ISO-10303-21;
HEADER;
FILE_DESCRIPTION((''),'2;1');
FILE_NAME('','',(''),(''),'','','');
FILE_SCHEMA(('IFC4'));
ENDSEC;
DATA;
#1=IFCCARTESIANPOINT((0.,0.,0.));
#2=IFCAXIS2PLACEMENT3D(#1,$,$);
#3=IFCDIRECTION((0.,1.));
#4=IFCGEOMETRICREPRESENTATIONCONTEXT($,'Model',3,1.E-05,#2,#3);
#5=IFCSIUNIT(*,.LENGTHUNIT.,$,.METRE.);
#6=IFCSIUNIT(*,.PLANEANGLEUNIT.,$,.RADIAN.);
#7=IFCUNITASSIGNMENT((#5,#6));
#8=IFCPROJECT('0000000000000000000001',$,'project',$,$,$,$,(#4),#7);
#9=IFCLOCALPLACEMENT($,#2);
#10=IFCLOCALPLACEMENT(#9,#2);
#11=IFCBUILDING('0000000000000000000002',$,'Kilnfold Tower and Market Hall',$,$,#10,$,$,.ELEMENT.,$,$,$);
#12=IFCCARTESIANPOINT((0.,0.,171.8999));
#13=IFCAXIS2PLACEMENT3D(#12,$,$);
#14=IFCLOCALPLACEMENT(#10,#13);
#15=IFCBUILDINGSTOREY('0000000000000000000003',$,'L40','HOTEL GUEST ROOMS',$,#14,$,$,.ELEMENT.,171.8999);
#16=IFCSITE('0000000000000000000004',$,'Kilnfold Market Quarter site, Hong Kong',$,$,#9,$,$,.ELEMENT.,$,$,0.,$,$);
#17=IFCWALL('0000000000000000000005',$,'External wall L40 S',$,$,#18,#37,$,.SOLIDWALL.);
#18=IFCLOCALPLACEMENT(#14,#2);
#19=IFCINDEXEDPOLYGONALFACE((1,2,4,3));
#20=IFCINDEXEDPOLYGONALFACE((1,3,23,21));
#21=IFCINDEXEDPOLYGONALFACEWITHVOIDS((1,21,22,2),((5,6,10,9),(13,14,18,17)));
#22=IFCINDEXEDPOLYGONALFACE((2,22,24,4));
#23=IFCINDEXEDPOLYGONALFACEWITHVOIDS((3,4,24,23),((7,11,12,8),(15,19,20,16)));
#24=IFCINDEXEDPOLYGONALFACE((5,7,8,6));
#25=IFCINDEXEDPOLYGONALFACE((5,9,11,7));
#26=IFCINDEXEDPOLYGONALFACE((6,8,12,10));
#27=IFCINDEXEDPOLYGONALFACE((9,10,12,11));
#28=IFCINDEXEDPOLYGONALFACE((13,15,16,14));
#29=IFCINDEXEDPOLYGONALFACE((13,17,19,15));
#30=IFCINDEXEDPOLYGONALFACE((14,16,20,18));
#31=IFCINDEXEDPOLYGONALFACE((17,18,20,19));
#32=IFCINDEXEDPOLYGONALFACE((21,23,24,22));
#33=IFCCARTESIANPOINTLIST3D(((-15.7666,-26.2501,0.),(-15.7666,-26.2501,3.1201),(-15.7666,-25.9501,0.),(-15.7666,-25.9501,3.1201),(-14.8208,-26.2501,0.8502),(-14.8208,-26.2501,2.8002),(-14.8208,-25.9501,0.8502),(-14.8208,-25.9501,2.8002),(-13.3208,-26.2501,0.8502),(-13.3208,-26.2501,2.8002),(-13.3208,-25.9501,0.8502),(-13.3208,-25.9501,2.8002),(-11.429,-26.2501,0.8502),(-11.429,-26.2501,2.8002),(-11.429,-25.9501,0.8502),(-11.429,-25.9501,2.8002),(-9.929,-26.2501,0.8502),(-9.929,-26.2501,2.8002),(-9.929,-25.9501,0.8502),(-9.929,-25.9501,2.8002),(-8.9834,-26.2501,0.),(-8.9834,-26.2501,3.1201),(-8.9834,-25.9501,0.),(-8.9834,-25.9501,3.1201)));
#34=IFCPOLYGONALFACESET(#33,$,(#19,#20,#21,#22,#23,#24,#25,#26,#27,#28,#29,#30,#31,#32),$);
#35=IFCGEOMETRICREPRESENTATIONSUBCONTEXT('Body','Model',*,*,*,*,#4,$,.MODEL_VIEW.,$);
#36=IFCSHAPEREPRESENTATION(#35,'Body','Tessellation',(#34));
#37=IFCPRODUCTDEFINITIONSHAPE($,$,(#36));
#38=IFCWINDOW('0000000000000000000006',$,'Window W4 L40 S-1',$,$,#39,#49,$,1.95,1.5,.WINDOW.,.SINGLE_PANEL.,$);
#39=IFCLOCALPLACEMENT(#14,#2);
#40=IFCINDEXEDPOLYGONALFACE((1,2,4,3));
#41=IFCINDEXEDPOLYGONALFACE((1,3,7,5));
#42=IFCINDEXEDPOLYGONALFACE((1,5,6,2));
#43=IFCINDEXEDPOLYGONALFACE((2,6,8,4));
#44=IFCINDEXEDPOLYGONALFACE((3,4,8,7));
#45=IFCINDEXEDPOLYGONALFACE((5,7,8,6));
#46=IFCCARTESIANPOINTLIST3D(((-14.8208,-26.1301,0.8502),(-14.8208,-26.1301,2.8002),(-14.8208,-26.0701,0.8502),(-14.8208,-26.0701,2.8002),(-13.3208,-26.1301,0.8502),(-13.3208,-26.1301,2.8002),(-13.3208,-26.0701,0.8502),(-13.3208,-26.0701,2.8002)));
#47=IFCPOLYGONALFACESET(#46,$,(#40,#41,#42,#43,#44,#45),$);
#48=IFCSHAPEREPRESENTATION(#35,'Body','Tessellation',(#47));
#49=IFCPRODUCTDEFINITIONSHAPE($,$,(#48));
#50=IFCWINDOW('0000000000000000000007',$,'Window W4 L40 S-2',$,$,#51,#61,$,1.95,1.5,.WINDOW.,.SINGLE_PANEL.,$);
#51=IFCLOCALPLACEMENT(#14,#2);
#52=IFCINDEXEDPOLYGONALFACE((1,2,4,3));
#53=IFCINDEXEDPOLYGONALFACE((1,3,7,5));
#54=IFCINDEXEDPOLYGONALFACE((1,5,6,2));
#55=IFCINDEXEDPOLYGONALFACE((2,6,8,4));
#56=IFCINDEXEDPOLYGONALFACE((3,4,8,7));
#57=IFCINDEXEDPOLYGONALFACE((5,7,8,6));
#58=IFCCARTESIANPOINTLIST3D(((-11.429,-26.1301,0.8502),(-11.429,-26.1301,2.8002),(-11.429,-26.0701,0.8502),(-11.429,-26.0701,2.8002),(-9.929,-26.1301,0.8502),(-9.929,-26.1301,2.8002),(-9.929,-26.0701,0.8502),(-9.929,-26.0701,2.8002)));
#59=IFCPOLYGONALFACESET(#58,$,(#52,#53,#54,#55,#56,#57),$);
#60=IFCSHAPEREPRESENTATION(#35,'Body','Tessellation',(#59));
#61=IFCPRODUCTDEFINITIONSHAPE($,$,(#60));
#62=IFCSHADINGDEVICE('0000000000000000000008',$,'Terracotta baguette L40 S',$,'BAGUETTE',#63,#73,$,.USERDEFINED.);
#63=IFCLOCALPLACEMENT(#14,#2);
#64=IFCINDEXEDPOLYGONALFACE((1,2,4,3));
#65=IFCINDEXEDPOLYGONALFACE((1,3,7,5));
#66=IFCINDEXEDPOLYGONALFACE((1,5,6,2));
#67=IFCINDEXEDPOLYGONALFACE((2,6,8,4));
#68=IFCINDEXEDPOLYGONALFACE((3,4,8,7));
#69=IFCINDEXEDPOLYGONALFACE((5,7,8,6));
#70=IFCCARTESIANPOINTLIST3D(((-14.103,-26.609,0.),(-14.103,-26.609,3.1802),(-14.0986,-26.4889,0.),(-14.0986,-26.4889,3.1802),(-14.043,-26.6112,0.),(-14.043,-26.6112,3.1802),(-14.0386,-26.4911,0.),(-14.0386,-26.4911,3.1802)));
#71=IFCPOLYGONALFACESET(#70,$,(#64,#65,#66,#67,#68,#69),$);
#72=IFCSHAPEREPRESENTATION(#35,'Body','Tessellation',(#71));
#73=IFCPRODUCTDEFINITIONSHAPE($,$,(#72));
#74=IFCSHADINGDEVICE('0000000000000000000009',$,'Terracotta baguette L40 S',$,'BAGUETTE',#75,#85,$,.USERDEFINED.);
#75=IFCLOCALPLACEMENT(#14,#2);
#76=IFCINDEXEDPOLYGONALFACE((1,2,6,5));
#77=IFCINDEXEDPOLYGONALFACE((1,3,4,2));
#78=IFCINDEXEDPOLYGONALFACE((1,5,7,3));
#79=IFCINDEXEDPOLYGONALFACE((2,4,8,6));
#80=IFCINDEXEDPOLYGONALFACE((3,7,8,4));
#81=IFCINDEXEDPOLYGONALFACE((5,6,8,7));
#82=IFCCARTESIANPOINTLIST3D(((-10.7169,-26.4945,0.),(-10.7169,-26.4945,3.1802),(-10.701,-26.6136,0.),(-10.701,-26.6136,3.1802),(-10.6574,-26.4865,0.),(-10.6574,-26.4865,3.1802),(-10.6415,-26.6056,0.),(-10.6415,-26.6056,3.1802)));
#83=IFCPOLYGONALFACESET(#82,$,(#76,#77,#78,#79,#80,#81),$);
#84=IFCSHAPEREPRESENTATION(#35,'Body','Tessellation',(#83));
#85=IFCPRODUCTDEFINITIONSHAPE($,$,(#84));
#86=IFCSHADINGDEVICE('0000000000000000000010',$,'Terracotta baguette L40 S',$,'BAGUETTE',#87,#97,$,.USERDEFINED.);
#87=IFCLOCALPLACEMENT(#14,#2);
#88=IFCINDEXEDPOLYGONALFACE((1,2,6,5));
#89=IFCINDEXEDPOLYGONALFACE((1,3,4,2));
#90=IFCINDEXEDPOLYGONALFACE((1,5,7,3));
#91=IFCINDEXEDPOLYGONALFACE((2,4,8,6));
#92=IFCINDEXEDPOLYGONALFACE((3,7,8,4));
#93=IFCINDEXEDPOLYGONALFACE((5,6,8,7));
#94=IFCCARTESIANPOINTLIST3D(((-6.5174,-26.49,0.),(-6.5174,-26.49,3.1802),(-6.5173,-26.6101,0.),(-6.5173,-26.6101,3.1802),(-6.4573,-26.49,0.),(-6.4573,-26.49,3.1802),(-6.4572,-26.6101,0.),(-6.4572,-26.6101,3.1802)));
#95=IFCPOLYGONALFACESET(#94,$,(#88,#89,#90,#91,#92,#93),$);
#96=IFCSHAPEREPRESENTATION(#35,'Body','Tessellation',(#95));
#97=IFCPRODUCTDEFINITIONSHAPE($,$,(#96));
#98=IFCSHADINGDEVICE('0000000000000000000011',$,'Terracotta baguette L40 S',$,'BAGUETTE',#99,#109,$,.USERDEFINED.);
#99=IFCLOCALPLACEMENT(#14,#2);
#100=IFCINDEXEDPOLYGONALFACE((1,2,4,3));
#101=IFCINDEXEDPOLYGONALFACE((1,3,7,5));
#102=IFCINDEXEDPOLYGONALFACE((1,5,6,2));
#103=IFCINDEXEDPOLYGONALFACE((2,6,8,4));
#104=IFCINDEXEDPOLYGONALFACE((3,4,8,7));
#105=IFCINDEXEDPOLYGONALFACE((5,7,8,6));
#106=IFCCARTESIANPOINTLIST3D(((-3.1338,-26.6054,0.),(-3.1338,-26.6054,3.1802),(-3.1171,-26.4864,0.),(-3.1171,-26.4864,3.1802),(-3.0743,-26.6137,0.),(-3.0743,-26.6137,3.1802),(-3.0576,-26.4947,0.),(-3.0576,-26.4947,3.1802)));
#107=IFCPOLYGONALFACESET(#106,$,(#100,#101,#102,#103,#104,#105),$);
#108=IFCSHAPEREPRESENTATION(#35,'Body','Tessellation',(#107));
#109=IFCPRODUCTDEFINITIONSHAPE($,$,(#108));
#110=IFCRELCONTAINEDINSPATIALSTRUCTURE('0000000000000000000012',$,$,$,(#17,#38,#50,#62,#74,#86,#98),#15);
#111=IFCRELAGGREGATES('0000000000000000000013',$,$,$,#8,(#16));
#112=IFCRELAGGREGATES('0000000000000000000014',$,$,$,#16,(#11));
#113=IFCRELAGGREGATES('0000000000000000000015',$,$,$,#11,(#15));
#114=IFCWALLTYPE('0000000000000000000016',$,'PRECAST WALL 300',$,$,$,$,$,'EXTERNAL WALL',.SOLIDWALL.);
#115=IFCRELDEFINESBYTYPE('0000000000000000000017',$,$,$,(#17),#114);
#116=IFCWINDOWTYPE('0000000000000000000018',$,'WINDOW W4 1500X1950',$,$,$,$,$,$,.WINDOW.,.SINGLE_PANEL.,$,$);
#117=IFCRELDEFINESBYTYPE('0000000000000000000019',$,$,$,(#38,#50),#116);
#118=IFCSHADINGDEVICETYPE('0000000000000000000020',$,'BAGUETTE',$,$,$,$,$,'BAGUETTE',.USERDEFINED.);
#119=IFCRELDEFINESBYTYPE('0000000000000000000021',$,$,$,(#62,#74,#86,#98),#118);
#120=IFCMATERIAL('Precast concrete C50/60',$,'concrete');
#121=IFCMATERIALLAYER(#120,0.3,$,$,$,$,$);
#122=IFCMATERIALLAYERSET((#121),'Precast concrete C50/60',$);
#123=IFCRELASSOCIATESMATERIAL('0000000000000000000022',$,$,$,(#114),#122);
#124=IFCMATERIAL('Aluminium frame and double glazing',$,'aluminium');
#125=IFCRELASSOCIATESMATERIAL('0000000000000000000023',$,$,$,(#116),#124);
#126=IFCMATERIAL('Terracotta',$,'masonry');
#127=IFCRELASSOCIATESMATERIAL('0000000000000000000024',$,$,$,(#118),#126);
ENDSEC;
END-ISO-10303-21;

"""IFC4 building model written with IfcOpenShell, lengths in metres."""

from ifc_helpers import new_model, si_unit, direction, frame, frame_2d, origin, origin_2d, place, context, subcontext, project, spatial, rectangle, extrude, source, transform, mapped, material, layer, layer_set, material_profile, profile_set, type_object, element, fill, save


model = new_model("IFC4")

# Units and contexts
model_context = context("Model", 3, precision=1e-05, world=origin(), true_north=direction((0.0, 1.0)))
body_context = subcontext(model_context, "Body", "Model", "MODEL_VIEW")
ifc_project = project(units=[si_unit("LENGTHUNIT", "METRE"), si_unit("PLANEANGLEUNIT", "RADIAN")], contexts=[model_context])

# Site, building, storey
site_placement = place(None, origin())
site = spatial("IfcSite", under=ifc_project, at=site_placement, Name="Kilnfold Market Quarter site, Hong Kong", CompositionType="ELEMENT", RefElevation=0.0)
building_placement = place(site_placement, origin())
building = spatial("IfcBuilding", under=site, at=building_placement, Name="Kilnfold Tower and Market Hall", CompositionType="ELEMENT")
storey_placement = place(building_placement, frame((0.0, 0.0, 171.8999)))
storey = spatial("IfcBuildingStorey", under=building, at=storey_placement, Name="L40", Description="HOTEL GUEST ROOMS", CompositionType="ELEMENT", Elevation=171.8999)

# Wall, openings, windows
ifc_material_1 = material(Name="Precast concrete C50/60", Category="concrete")
ifc_layer_1 = layer(ifc_material_1, 0.3)
ifc_layer_set_1 = layer_set([ifc_layer_1], Name="Precast concrete C50/60")
wall_type_1 = type_object("IfcWallType", Name="PRECAST WALL 300", ElementType="EXTERNAL WALL", PredefinedType="SOLIDWALL", material=ifc_layer_set_1)
ifc_material_2 = material(Name="Aluminium frame and double glazing", Category="aluminium")
window_type = type_object("IfcWindowType", Name="WINDOW W4 1500X1950", PartitioningType="SINGLE_PANEL", PredefinedType="WINDOW", material=ifc_material_2)
shared_shape_1 = source(origin(), body_context, "Body", "SweptSolid", [
    extrude(rectangle(XDim=6.7832, YDim=0.3, at=frame_2d((3.3916, 0.0))), origin(), (0.0, 0.0, 1.0), 3.1201),
])
wall_1_placement = place(storey_placement, frame((-15.7666, -26.1001, 0.0), z_axis=(0.0, 0.0, 1.0), x_axis=(1.0, 0.0, 0.0)))
wall_1 = element("IfcWall", 1, at=wall_1_placement, inside=storey, type_object=wall_type_1, Name="External wall L40 S", PredefinedType="SOLIDWALL", context=body_context, shape_type="MappedRepresentation", body=[
    mapped(shared_shape_1, transform((0.0, 0.0, 0.0))),
])
opening_1_placement = place(wall_1_placement, frame((0.9458, 0.0, 0.8501)))
opening_1 = element("IfcOpeningElement", 2, at=opening_1_placement, cuts=wall_1, PredefinedType="OPENING", context=body_context, shape_type="SweptSolid", body=[
    extrude(rectangle(XDim=1.5, YDim=1.95, at=frame_2d((0.75, 0.9751))), frame((0.0, 0.1602, 0.0), z_axis=(0.0, -1.0, 0.0), x_axis=(1.0, 0.0, 0.0)), (0.0, 0.0, 1.0), 0.3201),
])
opening_2_placement = place(wall_1_placement, frame((4.3376, 0.0, 0.8501)))
opening_2 = element("IfcOpeningElement", 3, at=opening_2_placement, cuts=wall_1, PredefinedType="OPENING", context=body_context, shape_type="SweptSolid", body=[
    extrude(rectangle(XDim=1.5, YDim=1.95, at=frame_2d((0.75, 0.9751))), frame((0.0, 0.1602, 0.0), z_axis=(0.0, -1.0, 0.0), x_axis=(1.0, 0.0, 0.0)), (0.0, 0.0, 1.0), 0.3201),
])
window_1_placement = place(opening_1_placement, origin())
window_1 = element("IfcWindow", 4, at=window_1_placement, inside=storey, type_object=window_type, Name="Window W4 L40 S-1", OverallHeight=1.95, OverallWidth=1.5, PartitioningType="SINGLE_PANEL", PredefinedType="WINDOW", context=body_context, shape_type="SweptSolid", body=[
    extrude(rectangle(XDim=1.5, YDim=1.95, at=frame_2d((0.75, 0.9751))), frame((0.0, 0.03, 0.0), z_axis=(0.0, -1.0, 0.0), x_axis=(1.0, 0.0, 0.0)), (0.0, 0.0, 1.0), 0.0601),
])
fill(opening_1, window_1)
window_2_placement = place(opening_2_placement, origin())
window_2 = element("IfcWindow", 5, at=window_2_placement, inside=storey, type_object=window_type, Name="Window W4 L40 S-2", OverallHeight=1.95, OverallWidth=1.5, PartitioningType="SINGLE_PANEL", PredefinedType="WINDOW", context=body_context, shape_type="SweptSolid", body=[
    extrude(rectangle(XDim=1.5, YDim=1.95, at=frame_2d((0.75, 0.9751))), frame((0.0, 0.03, 0.0), z_axis=(0.0, -1.0, 0.0), x_axis=(1.0, 0.0, 0.0)), (0.0, 0.0, 1.0), 0.0601),
])
fill(opening_2, window_2)

# Shading devices
ifc_material_3 = material(Name="Terracotta", Category="masonry")
ifc_material_profile_1 = material_profile(ifc_material_3, rectangle(XDim=0.0601, YDim=0.1201, at=origin_2d()), Name="BAG 60x120")
ifc_profile_set_1 = profile_set([ifc_material_profile_1], Name="Terracotta")
shading_device_type = type_object("IfcShadingDeviceType", Name="BAGUETTE", ElementType="BAGUETTE", PredefinedType="USERDEFINED", material=ifc_profile_set_1)
shared_shape_2 = source(origin(), body_context, "Body", "SweptSolid", [
    extrude(rectangle(XDim=0.0601, YDim=0.1201, at=origin_2d()), origin(), (0.0, 0.0, 1.0), 3.1802),
])
for number, where, z_axis, x_axis, name in (
    (6, (-14.0708, -26.55, 0.0), (0.0, 0.0, 1.0), (0.999317, -0.036947, 0.0), "Terracotta baguette L40 S"),
    (7, (-10.6792, -26.55, 0.0), (0.0, 0.0, 1.0), (0.991209, 0.132303, 0.0), "Terracotta baguette L40 S"),
    (8, (-6.4873, -26.55, 0.0), (0.0, 0.0, 1.0), (1.0, 0.000843, 0.0), "Terracotta baguette L40 S"),
    (9, (-3.0957, -26.55, 0.0), (0.0, 0.0, 1.0), (0.990297, -0.138967, 0.0), "Terracotta baguette L40 S"),
):
    element("IfcShadingDevice", number, at=place(storey_placement, frame(where, z_axis=z_axis, x_axis=x_axis)), inside=storey, type_object=shading_device_type, Name=name, ObjectType="BAGUETTE", PredefinedType="USERDEFINED", context=body_context, shape_type="MappedRepresentation", body=[
        mapped(shared_shape_2, transform((0.0, 0.0, 0.0))),
    ])

save(model, "model.ifc")
